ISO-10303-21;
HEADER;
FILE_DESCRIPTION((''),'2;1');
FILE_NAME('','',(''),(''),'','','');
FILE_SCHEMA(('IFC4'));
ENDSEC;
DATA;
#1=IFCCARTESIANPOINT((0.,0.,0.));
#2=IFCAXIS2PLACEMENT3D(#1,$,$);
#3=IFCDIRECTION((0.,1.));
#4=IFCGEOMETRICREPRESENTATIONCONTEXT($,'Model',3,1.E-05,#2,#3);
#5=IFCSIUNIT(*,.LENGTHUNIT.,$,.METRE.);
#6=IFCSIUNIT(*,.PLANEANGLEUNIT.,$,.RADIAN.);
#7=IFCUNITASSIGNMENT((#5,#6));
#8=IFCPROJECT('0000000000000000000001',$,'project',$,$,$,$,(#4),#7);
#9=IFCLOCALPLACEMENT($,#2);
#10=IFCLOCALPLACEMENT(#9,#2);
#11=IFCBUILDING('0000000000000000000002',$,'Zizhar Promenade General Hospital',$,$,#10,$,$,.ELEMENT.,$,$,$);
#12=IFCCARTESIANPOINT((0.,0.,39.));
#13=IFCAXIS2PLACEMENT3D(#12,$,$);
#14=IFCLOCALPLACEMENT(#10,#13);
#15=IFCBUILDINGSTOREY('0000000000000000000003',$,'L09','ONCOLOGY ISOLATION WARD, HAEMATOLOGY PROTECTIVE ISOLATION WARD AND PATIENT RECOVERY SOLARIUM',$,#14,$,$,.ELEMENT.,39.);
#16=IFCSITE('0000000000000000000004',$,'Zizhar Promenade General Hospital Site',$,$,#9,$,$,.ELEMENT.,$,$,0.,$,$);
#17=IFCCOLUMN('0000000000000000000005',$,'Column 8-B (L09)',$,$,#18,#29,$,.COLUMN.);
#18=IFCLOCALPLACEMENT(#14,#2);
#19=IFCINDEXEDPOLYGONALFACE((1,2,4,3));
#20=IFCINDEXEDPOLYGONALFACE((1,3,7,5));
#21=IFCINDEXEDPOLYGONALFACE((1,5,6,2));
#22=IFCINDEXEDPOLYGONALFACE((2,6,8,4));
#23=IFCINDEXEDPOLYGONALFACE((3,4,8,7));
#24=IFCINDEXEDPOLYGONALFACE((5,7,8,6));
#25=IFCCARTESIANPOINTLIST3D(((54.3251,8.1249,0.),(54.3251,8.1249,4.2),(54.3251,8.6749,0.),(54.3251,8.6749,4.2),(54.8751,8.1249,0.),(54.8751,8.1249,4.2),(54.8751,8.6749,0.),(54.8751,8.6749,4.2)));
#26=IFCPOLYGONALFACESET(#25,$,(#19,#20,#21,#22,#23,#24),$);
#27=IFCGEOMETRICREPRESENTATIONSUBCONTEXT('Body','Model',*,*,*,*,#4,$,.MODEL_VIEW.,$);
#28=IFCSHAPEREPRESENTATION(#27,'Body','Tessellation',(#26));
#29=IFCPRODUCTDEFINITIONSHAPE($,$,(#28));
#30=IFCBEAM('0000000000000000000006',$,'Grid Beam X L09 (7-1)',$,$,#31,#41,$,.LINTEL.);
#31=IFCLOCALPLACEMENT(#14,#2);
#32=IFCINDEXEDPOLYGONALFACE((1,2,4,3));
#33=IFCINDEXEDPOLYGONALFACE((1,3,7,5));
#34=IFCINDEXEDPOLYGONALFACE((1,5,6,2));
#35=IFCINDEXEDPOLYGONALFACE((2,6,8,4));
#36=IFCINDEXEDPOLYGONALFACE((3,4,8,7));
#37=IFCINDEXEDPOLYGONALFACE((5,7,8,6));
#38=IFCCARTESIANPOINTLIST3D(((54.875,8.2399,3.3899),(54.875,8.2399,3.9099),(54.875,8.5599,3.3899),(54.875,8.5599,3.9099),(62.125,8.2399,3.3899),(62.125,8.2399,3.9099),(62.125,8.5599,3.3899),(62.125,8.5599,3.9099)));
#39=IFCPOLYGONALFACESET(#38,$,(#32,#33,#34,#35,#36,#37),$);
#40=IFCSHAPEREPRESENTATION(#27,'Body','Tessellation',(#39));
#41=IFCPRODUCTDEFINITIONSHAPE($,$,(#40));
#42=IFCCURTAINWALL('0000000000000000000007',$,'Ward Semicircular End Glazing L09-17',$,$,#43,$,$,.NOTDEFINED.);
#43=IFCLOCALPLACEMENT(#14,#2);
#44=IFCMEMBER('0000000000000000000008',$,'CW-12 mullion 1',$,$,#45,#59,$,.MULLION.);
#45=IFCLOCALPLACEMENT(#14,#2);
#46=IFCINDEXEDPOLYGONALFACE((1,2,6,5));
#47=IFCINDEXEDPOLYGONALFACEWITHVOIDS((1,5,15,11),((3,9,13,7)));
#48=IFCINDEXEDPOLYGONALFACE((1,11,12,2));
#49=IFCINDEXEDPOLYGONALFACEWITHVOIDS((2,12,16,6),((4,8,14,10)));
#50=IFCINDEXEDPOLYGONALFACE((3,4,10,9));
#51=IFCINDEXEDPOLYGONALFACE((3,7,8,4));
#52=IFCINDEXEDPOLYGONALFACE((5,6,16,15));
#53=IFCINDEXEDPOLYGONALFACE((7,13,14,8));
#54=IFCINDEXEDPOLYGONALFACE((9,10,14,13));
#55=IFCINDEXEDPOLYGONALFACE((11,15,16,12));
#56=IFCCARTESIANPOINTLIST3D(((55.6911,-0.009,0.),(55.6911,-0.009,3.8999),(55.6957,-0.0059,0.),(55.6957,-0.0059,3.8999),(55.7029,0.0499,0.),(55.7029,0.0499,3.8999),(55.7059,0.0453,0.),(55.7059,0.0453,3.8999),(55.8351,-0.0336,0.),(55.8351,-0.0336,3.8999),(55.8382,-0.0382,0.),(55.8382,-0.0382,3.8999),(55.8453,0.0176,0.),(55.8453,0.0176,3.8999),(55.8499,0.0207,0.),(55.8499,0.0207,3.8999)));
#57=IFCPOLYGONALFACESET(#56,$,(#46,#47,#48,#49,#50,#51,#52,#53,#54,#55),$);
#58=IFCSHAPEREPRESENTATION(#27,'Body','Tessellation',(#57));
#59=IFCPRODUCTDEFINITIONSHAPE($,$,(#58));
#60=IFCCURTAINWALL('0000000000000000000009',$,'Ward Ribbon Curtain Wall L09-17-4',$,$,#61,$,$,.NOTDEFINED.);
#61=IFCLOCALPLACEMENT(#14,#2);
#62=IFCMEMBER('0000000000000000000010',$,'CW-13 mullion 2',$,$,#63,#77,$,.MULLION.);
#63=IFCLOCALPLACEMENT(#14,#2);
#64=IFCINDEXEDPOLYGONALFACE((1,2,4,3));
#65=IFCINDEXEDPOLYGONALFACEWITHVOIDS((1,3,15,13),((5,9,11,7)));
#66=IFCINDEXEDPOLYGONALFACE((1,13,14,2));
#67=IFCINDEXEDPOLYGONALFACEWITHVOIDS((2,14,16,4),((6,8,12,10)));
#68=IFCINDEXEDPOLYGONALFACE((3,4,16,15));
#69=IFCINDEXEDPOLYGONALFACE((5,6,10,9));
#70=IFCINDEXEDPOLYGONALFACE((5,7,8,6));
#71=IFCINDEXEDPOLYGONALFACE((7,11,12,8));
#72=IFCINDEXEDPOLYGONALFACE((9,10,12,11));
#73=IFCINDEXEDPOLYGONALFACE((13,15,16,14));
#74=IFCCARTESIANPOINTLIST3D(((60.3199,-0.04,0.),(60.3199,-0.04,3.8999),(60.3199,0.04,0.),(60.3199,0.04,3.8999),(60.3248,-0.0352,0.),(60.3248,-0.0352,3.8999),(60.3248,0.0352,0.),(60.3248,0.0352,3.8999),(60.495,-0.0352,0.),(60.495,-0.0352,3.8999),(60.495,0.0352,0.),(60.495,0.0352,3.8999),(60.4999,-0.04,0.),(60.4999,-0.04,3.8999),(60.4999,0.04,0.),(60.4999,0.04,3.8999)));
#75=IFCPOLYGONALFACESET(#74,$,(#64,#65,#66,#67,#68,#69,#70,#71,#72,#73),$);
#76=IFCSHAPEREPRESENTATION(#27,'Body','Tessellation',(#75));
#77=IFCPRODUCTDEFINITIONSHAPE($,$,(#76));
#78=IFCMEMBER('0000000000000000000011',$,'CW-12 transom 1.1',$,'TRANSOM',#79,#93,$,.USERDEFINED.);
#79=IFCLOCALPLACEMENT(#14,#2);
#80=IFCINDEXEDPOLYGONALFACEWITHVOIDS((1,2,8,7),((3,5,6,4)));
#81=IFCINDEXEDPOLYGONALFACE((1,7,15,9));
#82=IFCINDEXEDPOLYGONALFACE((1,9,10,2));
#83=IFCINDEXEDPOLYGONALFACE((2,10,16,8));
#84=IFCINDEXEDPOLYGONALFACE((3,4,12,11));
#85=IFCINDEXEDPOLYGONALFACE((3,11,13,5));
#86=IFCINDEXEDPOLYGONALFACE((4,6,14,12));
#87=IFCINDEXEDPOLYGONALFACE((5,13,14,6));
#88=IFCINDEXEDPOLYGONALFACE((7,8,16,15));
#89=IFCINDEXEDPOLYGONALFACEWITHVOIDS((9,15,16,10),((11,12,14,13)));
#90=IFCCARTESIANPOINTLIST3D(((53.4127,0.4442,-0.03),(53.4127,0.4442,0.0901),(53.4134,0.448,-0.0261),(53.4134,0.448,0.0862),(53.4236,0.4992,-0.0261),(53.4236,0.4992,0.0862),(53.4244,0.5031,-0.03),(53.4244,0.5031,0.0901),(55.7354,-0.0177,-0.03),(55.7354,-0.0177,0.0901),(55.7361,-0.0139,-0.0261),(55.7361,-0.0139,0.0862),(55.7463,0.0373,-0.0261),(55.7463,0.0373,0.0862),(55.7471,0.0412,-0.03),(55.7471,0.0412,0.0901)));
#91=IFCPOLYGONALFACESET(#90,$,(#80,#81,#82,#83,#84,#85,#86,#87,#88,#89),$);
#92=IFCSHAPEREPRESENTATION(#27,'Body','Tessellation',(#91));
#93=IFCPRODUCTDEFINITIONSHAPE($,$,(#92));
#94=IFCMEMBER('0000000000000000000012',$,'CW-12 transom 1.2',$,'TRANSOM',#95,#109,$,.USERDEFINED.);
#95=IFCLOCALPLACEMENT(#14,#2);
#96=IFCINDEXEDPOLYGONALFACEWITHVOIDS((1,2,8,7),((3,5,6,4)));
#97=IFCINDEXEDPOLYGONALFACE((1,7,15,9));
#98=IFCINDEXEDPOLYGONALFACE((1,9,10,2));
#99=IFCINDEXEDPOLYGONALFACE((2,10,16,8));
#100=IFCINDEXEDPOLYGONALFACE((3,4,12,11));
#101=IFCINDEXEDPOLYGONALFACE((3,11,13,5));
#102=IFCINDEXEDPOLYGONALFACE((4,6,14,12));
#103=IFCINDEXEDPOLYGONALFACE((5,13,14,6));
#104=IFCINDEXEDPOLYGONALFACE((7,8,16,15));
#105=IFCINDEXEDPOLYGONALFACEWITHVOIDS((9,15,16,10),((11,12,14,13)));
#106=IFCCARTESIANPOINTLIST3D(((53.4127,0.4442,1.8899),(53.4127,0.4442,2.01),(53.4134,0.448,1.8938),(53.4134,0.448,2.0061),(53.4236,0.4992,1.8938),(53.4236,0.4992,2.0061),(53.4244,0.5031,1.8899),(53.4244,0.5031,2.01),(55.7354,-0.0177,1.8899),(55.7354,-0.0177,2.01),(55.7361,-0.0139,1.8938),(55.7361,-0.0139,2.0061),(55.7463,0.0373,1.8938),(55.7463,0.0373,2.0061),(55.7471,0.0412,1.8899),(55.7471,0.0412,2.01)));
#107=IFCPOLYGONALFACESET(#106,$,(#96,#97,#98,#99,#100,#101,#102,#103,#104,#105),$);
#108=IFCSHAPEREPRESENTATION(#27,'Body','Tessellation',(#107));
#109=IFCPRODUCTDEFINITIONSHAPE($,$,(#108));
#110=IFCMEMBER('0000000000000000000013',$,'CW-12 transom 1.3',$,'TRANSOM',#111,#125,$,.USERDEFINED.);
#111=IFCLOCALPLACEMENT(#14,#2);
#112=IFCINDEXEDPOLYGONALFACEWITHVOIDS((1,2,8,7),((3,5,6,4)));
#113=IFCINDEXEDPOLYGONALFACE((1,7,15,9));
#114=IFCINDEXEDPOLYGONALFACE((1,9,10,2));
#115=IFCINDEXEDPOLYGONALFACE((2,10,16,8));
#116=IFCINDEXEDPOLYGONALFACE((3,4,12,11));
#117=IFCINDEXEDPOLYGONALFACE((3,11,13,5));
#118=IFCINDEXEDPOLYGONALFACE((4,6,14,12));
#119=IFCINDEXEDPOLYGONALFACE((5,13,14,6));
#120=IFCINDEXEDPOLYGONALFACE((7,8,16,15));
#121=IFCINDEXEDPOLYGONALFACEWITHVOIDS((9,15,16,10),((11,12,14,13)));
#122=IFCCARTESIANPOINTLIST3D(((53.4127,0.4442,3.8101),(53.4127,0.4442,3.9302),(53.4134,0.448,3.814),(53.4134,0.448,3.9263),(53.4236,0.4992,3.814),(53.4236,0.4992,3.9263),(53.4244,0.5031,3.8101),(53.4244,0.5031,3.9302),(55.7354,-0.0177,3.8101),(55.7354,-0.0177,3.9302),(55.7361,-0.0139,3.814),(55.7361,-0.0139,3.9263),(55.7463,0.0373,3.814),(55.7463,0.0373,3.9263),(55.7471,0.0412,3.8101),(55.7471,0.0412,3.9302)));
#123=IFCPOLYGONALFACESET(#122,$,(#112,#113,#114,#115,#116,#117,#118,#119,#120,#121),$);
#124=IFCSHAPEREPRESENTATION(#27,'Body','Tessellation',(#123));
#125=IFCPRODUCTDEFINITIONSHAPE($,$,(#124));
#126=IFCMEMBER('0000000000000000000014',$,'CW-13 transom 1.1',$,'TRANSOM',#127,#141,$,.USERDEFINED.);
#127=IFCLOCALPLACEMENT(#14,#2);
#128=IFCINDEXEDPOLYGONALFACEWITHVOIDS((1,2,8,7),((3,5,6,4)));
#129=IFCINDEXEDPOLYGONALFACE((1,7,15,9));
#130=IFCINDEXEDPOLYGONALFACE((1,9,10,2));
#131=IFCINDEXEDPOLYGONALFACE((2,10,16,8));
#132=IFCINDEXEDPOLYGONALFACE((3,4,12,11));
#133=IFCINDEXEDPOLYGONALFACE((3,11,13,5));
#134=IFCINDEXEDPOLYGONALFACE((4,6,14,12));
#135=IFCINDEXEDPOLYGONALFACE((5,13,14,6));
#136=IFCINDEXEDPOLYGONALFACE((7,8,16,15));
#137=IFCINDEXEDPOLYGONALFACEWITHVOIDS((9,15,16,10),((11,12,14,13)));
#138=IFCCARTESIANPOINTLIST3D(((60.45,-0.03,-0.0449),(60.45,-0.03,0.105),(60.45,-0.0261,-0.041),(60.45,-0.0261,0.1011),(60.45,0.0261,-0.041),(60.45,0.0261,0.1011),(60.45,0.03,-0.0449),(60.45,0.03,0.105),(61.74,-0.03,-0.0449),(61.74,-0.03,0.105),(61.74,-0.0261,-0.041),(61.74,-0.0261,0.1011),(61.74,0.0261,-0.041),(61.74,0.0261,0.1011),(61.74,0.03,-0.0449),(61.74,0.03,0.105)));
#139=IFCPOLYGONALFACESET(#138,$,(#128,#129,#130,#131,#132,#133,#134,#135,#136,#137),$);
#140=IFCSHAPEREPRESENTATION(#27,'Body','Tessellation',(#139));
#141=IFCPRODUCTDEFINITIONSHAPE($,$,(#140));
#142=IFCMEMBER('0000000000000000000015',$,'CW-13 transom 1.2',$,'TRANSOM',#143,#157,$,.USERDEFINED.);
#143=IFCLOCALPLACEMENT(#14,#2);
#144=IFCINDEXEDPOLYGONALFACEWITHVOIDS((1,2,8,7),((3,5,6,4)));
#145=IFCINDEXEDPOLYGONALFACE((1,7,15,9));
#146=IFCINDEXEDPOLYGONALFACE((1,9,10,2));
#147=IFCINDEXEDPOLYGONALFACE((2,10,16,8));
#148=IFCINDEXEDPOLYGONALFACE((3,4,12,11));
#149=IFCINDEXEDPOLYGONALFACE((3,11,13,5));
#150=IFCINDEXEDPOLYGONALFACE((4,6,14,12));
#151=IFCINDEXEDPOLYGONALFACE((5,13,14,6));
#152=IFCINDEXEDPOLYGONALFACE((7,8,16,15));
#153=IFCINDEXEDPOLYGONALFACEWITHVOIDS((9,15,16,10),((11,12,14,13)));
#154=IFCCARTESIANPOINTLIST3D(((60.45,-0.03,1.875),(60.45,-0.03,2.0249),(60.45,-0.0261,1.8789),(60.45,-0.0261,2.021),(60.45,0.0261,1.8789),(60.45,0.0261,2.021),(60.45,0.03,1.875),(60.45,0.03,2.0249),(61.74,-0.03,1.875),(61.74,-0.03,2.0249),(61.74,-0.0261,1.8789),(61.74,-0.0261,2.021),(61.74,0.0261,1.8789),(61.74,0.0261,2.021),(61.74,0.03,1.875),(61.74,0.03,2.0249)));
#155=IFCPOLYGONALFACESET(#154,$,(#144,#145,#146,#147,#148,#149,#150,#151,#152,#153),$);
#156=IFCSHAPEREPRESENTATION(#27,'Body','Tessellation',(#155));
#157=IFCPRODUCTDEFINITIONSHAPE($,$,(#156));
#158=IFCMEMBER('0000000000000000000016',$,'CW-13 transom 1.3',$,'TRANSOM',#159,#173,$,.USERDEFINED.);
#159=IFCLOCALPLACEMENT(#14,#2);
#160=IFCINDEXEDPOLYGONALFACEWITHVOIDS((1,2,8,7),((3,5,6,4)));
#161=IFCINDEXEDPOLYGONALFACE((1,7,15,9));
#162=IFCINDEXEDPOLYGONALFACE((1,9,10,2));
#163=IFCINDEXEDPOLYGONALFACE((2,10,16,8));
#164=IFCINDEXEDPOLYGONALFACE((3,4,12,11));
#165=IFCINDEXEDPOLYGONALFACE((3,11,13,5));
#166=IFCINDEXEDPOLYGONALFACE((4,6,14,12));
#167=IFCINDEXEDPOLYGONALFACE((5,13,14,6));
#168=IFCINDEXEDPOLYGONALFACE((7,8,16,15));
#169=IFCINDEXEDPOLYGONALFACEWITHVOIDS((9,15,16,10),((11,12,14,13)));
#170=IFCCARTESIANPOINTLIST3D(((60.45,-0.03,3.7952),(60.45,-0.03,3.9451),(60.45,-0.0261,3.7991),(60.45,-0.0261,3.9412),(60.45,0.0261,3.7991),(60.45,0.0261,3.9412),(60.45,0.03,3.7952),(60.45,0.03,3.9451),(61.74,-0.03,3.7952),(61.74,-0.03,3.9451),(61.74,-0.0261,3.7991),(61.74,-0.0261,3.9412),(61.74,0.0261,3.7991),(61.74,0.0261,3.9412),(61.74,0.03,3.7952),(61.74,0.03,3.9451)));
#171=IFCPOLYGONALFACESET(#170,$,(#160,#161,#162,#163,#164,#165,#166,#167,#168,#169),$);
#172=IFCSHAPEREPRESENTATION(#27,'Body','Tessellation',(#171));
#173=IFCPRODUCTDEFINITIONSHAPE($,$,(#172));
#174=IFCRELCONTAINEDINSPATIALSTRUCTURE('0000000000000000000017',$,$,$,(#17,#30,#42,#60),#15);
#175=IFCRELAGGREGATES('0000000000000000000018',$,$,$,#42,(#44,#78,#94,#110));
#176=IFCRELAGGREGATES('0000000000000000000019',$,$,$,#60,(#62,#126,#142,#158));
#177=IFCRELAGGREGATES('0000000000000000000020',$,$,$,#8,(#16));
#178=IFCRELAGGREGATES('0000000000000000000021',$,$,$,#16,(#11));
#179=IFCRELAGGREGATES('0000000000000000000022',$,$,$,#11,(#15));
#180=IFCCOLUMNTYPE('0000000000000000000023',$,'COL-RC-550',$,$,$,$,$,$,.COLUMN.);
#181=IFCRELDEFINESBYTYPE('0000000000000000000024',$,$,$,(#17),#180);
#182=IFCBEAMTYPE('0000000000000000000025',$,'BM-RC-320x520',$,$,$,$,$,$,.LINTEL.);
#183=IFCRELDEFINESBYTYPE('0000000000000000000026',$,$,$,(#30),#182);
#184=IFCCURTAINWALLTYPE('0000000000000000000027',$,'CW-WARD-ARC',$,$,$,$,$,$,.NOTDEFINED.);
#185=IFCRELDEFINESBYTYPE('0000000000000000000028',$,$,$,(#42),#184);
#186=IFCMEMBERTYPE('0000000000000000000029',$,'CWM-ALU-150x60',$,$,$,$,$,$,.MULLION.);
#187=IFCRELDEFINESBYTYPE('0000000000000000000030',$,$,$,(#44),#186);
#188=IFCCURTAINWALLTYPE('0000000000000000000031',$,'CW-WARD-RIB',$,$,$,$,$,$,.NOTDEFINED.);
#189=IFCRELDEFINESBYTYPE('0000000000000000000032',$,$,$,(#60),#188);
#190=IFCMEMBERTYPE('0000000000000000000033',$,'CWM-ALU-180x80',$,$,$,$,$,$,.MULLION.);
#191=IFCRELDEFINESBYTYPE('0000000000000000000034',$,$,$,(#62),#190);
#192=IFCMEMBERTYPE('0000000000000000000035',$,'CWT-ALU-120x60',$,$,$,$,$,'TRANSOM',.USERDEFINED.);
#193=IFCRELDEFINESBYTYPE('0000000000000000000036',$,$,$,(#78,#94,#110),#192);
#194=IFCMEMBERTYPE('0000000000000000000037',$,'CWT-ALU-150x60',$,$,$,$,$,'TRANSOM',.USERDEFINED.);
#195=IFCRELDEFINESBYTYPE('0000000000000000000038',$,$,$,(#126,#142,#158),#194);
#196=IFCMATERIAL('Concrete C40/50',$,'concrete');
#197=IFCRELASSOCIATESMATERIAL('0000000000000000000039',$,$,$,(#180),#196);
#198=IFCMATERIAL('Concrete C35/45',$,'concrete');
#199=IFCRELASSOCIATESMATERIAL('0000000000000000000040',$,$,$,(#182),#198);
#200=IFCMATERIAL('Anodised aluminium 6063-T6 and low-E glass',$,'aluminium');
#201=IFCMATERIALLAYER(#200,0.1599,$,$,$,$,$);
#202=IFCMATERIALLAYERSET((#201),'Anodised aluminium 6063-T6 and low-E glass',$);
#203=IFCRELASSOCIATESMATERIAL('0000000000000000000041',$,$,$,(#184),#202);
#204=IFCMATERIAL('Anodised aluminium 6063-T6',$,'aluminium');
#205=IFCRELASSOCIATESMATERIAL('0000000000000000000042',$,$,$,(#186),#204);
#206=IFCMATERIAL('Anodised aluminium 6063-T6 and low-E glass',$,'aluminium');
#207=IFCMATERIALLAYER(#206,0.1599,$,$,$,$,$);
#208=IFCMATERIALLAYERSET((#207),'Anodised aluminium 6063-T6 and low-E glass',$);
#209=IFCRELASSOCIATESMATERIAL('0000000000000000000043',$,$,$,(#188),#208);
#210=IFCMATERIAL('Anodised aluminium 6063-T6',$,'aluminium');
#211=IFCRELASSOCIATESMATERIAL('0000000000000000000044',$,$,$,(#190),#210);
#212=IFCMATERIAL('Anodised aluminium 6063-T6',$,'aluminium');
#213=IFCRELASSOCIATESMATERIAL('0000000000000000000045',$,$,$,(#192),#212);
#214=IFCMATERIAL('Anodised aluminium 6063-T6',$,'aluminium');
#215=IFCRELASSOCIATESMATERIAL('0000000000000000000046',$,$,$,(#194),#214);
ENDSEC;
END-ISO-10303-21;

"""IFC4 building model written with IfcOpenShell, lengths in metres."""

from ifc_helpers import new_model, si_unit, direction, frame, origin, origin_2d, place, context, subcontext, project, spatial, rectangle, hollow_rectangle, extrude, material, layer, layer_set, material_profile, profile_set, type_object, element, aggregate, save


model = new_model("IFC4")

# Units and contexts
model_context = context("Model", 3, precision=1e-05, world=origin(), true_north=direction((0.0, 1.0)))
body_context = subcontext(model_context, "Body", "Model", "MODEL_VIEW")
ifc_project = project(units=[si_unit("LENGTHUNIT", "METRE"), si_unit("PLANEANGLEUNIT", "RADIAN")], contexts=[model_context])

# Site, building, storey
site_placement = place(None, origin())
site = spatial("IfcSite", under=ifc_project, at=site_placement, Name="Zizhar Promenade General Hospital Site", CompositionType="ELEMENT", RefElevation=0.0)
building_placement = place(site_placement, origin())
building = spatial("IfcBuilding", under=site, at=building_placement, Name="Zizhar Promenade General Hospital", CompositionType="ELEMENT")
storey_placement = place(building_placement, frame((0.0, 0.0, 39.0)))
storey = spatial("IfcBuildingStorey", under=building, at=storey_placement, Name="L09", Description="ONCOLOGY ISOLATION WARD, HAEMATOLOGY PROTECTIVE ISOLATION WARD AND PATIENT RECOVERY SOLARIUM", CompositionType="ELEMENT", Elevation=39.0)

# Column
ifc_material_1 = material(Name="Concrete C40/50", Category="concrete")
ifc_material_profile_1 = material_profile(ifc_material_1, rectangle(XDim=0.55, YDim=0.55, at=origin_2d()))
ifc_profile_set_1 = profile_set([ifc_material_profile_1], Name="Concrete C40/50")
column_type = type_object("IfcColumnType", Name="COL-RC-550", PredefinedType="COLUMN", material=ifc_profile_set_1)
column_placement = place(storey_placement, frame((54.6001, 8.3999, 0.0), z_axis=(0.0, 0.0, 1.0), x_axis=(1.0, 0.0, 0.0)))
element("IfcColumn", 1, at=column_placement, inside=storey, type_object=column_type, Name="Column 8-B (L09)", PredefinedType="COLUMN", context=body_context, shape_type="SweptSolid", body=[
    extrude(rectangle(XDim=0.55, YDim=0.55, at=origin_2d()), origin(), (0.0, 0.0, 1.0), 4.2),
])

# Beam
ifc_material_2 = material(Name="Concrete C35/45", Category="concrete")
ifc_material_profile_2 = material_profile(ifc_material_2, rectangle(XDim=0.3201, YDim=0.52, at=origin_2d()))
ifc_profile_set_2 = profile_set([ifc_material_profile_2], Name="Concrete C35/45")
beam_type = type_object("IfcBeamType", Name="BM-RC-320x520", PredefinedType="LINTEL", material=ifc_profile_set_2)
beam_placement = place(storey_placement, frame((54.875, 8.3999, 3.6499), z_axis=(1.0, 0.0, 0.0), x_axis=(0.0, 1.0, 0.0)))
element("IfcBeam", 2, at=beam_placement, inside=storey, type_object=beam_type, Name="Grid Beam X L09 (7-1)", PredefinedType="LINTEL", context=body_context, shape_type="SweptSolid", body=[
    extrude(rectangle(XDim=0.3201, YDim=0.52, at=origin_2d()), origin(), (0.0, 0.0, 1.0), 7.25),
])

# Curtain walls, members
ifc_material_3 = material(Name="Anodised aluminium 6063-T6 and low-E glass", Category="aluminium")
ifc_layer_1 = layer(ifc_material_3, 0.1599)
ifc_layer_set_1 = layer_set([ifc_layer_1], Name="Anodised aluminium 6063-T6 and low-E glass")
curtain_wall_type_1 = type_object("IfcCurtainWallType", Name="CW-WARD-ARC", PredefinedType="NOTDEFINED", material=ifc_layer_set_1)
curtain_wall_1_placement = place(storey_placement, origin())
curtain_wall_1 = element("IfcCurtainWall", 3, at=curtain_wall_1_placement, inside=storey, type_object=curtain_wall_type_1, Name="Ward Semicircular End Glazing L09-17", PredefinedType="NOTDEFINED")
ifc_material_4 = material(Name="Anodised aluminium 6063-T6", Category="aluminium")
ifc_material_profile_3 = material_profile(ifc_material_4, hollow_rectangle(XDim=0.0601, YDim=0.1499, WallThickness=0.0039, at=origin_2d()))
ifc_profile_set_3 = profile_set([ifc_material_profile_3], Name="Anodised aluminium 6063-T6")
member_type_1 = type_object("IfcMemberType", Name="CWM-ALU-150x60", PredefinedType="MULLION", material=ifc_profile_set_3)
member_1_placement = place(storey_placement, frame((55.7705, 0.0059, 0.0), z_axis=(0.0, 0.0, 1.0), x_axis=(-0.195087, -0.980786, 0.0)))
member_1 = element("IfcMember", 4, at=member_1_placement, type_object=member_type_1, Name="CW-12 mullion 1", PredefinedType="MULLION", context=body_context, shape_type="SweptSolid", body=[
    extrude(hollow_rectangle(XDim=0.0601, YDim=0.1499, WallThickness=0.0039, at=origin_2d()), origin(), (0.0, 0.0, 1.0), 3.8999),
])
ifc_material_5 = material(Name="Anodised aluminium 6063-T6 and low-E glass", Category="aluminium")
ifc_layer_2 = layer(ifc_material_5, 0.1599)
ifc_layer_set_2 = layer_set([ifc_layer_2], Name="Anodised aluminium 6063-T6 and low-E glass")
curtain_wall_type_2 = type_object("IfcCurtainWallType", Name="CW-WARD-RIB", PredefinedType="NOTDEFINED", material=ifc_layer_set_2)
curtain_wall_2_placement = place(storey_placement, origin())
curtain_wall_2 = element("IfcCurtainWall", 5, at=curtain_wall_2_placement, inside=storey, type_object=curtain_wall_type_2, Name="Ward Ribbon Curtain Wall L09-17-4", PredefinedType="NOTDEFINED")
ifc_material_6 = material(Name="Anodised aluminium 6063-T6", Category="aluminium")
ifc_material_profile_4 = material_profile(ifc_material_6, hollow_rectangle(XDim=0.0801, YDim=0.1799, WallThickness=0.0049, at=origin_2d()))
ifc_profile_set_4 = profile_set([ifc_material_profile_4], Name="Anodised aluminium 6063-T6")
member_type_2 = type_object("IfcMemberType", Name="CWM-ALU-180x80", PredefinedType="MULLION", material=ifc_profile_set_4)
member_2_placement = place(storey_placement, frame((60.4099, 0.0, 0.0), z_axis=(0.0, 0.0, 1.0), x_axis=(0.0, -1.0, 0.0)))
member_2 = element("IfcMember", 6, at=member_2_placement, type_object=member_type_2, Name="CW-13 mullion 2", PredefinedType="MULLION", context=body_context, shape_type="SweptSolid", body=[
    extrude(hollow_rectangle(XDim=0.0801, YDim=0.1799, WallThickness=0.0049, at=origin_2d()), origin(), (0.0, 0.0, 1.0), 3.8999),
])

# Members
ifc_material_7 = material(Name="Anodised aluminium 6063-T6", Category="aluminium")
ifc_material_profile_5 = material_profile(ifc_material_7, hollow_rectangle(XDim=0.0601, YDim=0.1201, WallThickness=0.0039, at=origin_2d()))
ifc_profile_set_5 = profile_set([ifc_material_profile_5], Name="Anodised aluminium 6063-T6")
member_type_3 = type_object("IfcMemberType", Name="CWT-ALU-120x60", ElementType="TRANSOM", PredefinedType="USERDEFINED", material=ifc_profile_set_5)
member_3_placement = place(storey_placement, frame((55.7412, 0.0117, 0.03), z_axis=(-0.980794, 0.195045, 0.0), x_axis=(-0.195045, -0.980794, 0.0)))
member_3 = element("IfcMember", 7, at=member_3_placement, type_object=member_type_3, Name="CW-12 transom 1.1", ObjectType="TRANSOM", PredefinedType="USERDEFINED", context=body_context, shape_type="SweptSolid", body=[
    extrude(hollow_rectangle(XDim=0.0601, YDim=0.1201, WallThickness=0.0039, at=origin_2d()), origin(), (0.0, 0.0, 1.0), 2.3682),
])
member_4_placement = place(storey_placement, frame((55.7412, 0.0117, 1.95), z_axis=(-0.980794, 0.195045, 0.0), x_axis=(-0.195045, -0.980794, 0.0)))
member_4 = element("IfcMember", 8, at=member_4_placement, type_object=member_type_3, Name="CW-12 transom 1.2", ObjectType="TRANSOM", PredefinedType="USERDEFINED", context=body_context, shape_type="SweptSolid", body=[
    extrude(hollow_rectangle(XDim=0.0601, YDim=0.1201, WallThickness=0.0039, at=origin_2d()), origin(), (0.0, 0.0, 1.0), 2.3682),
])
member_5_placement = place(storey_placement, frame((55.7412, 0.0117, 3.8701), z_axis=(-0.980794, 0.195045, 0.0), x_axis=(-0.195045, -0.980794, 0.0)))
member_5 = element("IfcMember", 9, at=member_5_placement, type_object=member_type_3, Name="CW-12 transom 1.3", ObjectType="TRANSOM", PredefinedType="USERDEFINED", context=body_context, shape_type="SweptSolid", body=[
    extrude(hollow_rectangle(XDim=0.0601, YDim=0.1201, WallThickness=0.0039, at=origin_2d()), origin(), (0.0, 0.0, 1.0), 2.3682),
])
ifc_material_8 = material(Name="Anodised aluminium 6063-T6", Category="aluminium")
ifc_material_profile_6 = material_profile(ifc_material_8, hollow_rectangle(XDim=0.0601, YDim=0.1499, WallThickness=0.0039, at=origin_2d()))
ifc_profile_set_6 = profile_set([ifc_material_profile_6], Name="Anodised aluminium 6063-T6")
member_type_4 = type_object("IfcMemberType", Name="CWT-ALU-150x60", ElementType="TRANSOM", PredefinedType="USERDEFINED", material=ifc_profile_set_6)
member_6_placement = place(storey_placement, frame((61.74, 0.0, 0.03), z_axis=(-1.0, 0.0, 0.0), x_axis=(0.0, -1.0, 0.0)))
member_6 = element("IfcMember", 10, at=member_6_placement, type_object=member_type_4, Name="CW-13 transom 1.1", ObjectType="TRANSOM", PredefinedType="USERDEFINED", context=body_context, shape_type="SweptSolid", body=[
    extrude(hollow_rectangle(XDim=0.0601, YDim=0.1499, WallThickness=0.0039, at=origin_2d()), origin(), (0.0, 0.0, 1.0), 1.29),
])
member_7_placement = place(storey_placement, frame((61.74, 0.0, 1.95), z_axis=(-1.0, 0.0, 0.0), x_axis=(0.0, -1.0, 0.0)))
member_7 = element("IfcMember", 11, at=member_7_placement, type_object=member_type_4, Name="CW-13 transom 1.2", ObjectType="TRANSOM", PredefinedType="USERDEFINED", context=body_context, shape_type="SweptSolid", body=[
    extrude(hollow_rectangle(XDim=0.0601, YDim=0.1499, WallThickness=0.0039, at=origin_2d()), origin(), (0.0, 0.0, 1.0), 1.29),
])
member_8_placement = place(storey_placement, frame((61.74, 0.0, 3.8701), z_axis=(-1.0, 0.0, 0.0), x_axis=(0.0, -1.0, 0.0)))
member_8 = element("IfcMember", 12, at=member_8_placement, type_object=member_type_4, Name="CW-13 transom 1.3", ObjectType="TRANSOM", PredefinedType="USERDEFINED", context=body_context, shape_type="SweptSolid", body=[
    extrude(hollow_rectangle(XDim=0.0601, YDim=0.1499, WallThickness=0.0039, at=origin_2d()), origin(), (0.0, 0.0, 1.0), 1.29),
])

aggregate(curtain_wall_1, [member_1, member_3, member_4, member_5])
aggregate(curtain_wall_2, [member_2, member_6, member_7, member_8])

save(model, "model.ifc")
